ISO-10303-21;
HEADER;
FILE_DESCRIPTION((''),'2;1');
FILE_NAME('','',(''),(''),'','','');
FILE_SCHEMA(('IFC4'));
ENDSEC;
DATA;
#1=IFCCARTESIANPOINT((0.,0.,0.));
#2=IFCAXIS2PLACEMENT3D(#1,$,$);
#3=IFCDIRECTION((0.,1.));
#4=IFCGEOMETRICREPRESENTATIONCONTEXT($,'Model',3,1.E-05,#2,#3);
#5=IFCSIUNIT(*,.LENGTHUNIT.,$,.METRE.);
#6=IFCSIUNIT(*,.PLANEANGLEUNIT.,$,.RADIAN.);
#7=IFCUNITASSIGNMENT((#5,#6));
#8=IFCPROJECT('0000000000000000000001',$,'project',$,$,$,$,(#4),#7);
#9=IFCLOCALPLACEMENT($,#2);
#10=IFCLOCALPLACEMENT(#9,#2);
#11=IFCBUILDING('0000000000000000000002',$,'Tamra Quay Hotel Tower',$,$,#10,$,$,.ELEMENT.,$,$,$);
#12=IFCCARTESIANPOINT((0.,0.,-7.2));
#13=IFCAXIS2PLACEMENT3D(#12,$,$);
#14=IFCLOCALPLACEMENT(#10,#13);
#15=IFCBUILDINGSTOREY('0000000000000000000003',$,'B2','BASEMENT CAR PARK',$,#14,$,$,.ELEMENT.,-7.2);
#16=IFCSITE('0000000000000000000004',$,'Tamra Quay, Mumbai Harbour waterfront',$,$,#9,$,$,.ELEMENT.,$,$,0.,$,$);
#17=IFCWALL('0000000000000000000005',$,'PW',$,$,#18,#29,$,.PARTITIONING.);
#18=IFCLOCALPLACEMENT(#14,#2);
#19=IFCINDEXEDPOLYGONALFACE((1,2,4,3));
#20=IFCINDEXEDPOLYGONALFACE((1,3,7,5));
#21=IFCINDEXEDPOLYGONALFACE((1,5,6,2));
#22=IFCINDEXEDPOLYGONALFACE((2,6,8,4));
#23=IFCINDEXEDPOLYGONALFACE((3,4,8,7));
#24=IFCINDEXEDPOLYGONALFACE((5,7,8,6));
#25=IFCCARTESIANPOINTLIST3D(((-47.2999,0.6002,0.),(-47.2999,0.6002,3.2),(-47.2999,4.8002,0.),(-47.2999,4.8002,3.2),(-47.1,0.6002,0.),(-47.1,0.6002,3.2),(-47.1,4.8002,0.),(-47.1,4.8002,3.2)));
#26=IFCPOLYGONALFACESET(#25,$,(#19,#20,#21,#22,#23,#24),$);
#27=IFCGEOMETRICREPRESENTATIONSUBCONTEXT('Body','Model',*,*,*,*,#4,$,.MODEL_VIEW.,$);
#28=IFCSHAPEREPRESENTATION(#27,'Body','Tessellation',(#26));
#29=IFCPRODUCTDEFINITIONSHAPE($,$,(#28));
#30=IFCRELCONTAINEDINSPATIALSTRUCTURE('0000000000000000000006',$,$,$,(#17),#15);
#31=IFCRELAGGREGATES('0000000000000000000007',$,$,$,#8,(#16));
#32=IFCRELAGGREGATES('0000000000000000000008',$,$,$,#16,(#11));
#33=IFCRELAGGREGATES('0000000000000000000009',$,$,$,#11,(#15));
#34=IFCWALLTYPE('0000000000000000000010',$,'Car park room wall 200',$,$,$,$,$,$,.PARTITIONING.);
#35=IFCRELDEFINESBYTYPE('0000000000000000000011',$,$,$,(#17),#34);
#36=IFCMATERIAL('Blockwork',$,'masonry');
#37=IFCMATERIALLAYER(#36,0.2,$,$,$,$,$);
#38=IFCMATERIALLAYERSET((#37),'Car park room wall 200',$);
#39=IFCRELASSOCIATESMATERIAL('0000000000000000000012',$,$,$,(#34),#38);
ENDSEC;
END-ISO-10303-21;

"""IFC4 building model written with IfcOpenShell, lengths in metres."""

from ifc_helpers import new_model, si_unit, direction, frame, frame_2d, origin, place, context, subcontext, project, spatial, rectangle, extrude, material, layer, layer_set, type_object, element, save


model = new_model("IFC4")

# Units and contexts
model_context = context("Model", 3, precision=1e-05, world=origin(), true_north=direction((0.0, 1.0)))
body_context = subcontext(model_context, "Body", "Model", "MODEL_VIEW")
ifc_project = project(units=[si_unit("LENGTHUNIT", "METRE"), si_unit("PLANEANGLEUNIT", "RADIAN")], contexts=[model_context])

# Site, building, storey
site_placement = place(None, origin())
site = spatial("IfcSite", under=ifc_project, at=site_placement, Name="Tamra Quay, Mumbai Harbour waterfront", CompositionType="ELEMENT", RefElevation=0.0)
building_placement = place(site_placement, origin())
building = spatial("IfcBuilding", under=site, at=building_placement, Name="Tamra Quay Hotel Tower", CompositionType="ELEMENT")
storey_placement = place(building_placement, frame((0.0, 0.0, -7.2)))
storey = spatial("IfcBuildingStorey", under=building, at=storey_placement, Name="B2", Description="BASEMENT CAR PARK", CompositionType="ELEMENT", Elevation=-7.2)

# Shared definitions
ifc_material_1 = material(Name="Blockwork", Category="masonry")
ifc_layer = layer(ifc_material_1, 0.2)
ifc_layer_set = layer_set([ifc_layer], Name="Car park room wall 200")
wall_type = type_object("IfcWallType", Name="Car park room wall 200", PredefinedType="PARTITIONING", material=ifc_layer_set)

# Wall
for number, where, z_axis, x_axis, name in (
    (1, (-47.2, 0.6001, 0.0), (0.0, 0.0, 1.0), (0.0, 1.0, 0.0), "PW"),
):
    element("IfcWall", number, at=place(storey_placement, frame(where, z_axis=z_axis, x_axis=x_axis)), inside=storey, type_object=wall_type, Name=name, PredefinedType="PARTITIONING", context=body_context, shape_type="SweptSolid", body=[
        extrude(rectangle(XDim=4.2, YDim=0.2, at=frame_2d((2.1001, 0.0))), origin(), (0.0, 0.0, 1.0), 3.2),
    ])

save(model, "model.ifc")
